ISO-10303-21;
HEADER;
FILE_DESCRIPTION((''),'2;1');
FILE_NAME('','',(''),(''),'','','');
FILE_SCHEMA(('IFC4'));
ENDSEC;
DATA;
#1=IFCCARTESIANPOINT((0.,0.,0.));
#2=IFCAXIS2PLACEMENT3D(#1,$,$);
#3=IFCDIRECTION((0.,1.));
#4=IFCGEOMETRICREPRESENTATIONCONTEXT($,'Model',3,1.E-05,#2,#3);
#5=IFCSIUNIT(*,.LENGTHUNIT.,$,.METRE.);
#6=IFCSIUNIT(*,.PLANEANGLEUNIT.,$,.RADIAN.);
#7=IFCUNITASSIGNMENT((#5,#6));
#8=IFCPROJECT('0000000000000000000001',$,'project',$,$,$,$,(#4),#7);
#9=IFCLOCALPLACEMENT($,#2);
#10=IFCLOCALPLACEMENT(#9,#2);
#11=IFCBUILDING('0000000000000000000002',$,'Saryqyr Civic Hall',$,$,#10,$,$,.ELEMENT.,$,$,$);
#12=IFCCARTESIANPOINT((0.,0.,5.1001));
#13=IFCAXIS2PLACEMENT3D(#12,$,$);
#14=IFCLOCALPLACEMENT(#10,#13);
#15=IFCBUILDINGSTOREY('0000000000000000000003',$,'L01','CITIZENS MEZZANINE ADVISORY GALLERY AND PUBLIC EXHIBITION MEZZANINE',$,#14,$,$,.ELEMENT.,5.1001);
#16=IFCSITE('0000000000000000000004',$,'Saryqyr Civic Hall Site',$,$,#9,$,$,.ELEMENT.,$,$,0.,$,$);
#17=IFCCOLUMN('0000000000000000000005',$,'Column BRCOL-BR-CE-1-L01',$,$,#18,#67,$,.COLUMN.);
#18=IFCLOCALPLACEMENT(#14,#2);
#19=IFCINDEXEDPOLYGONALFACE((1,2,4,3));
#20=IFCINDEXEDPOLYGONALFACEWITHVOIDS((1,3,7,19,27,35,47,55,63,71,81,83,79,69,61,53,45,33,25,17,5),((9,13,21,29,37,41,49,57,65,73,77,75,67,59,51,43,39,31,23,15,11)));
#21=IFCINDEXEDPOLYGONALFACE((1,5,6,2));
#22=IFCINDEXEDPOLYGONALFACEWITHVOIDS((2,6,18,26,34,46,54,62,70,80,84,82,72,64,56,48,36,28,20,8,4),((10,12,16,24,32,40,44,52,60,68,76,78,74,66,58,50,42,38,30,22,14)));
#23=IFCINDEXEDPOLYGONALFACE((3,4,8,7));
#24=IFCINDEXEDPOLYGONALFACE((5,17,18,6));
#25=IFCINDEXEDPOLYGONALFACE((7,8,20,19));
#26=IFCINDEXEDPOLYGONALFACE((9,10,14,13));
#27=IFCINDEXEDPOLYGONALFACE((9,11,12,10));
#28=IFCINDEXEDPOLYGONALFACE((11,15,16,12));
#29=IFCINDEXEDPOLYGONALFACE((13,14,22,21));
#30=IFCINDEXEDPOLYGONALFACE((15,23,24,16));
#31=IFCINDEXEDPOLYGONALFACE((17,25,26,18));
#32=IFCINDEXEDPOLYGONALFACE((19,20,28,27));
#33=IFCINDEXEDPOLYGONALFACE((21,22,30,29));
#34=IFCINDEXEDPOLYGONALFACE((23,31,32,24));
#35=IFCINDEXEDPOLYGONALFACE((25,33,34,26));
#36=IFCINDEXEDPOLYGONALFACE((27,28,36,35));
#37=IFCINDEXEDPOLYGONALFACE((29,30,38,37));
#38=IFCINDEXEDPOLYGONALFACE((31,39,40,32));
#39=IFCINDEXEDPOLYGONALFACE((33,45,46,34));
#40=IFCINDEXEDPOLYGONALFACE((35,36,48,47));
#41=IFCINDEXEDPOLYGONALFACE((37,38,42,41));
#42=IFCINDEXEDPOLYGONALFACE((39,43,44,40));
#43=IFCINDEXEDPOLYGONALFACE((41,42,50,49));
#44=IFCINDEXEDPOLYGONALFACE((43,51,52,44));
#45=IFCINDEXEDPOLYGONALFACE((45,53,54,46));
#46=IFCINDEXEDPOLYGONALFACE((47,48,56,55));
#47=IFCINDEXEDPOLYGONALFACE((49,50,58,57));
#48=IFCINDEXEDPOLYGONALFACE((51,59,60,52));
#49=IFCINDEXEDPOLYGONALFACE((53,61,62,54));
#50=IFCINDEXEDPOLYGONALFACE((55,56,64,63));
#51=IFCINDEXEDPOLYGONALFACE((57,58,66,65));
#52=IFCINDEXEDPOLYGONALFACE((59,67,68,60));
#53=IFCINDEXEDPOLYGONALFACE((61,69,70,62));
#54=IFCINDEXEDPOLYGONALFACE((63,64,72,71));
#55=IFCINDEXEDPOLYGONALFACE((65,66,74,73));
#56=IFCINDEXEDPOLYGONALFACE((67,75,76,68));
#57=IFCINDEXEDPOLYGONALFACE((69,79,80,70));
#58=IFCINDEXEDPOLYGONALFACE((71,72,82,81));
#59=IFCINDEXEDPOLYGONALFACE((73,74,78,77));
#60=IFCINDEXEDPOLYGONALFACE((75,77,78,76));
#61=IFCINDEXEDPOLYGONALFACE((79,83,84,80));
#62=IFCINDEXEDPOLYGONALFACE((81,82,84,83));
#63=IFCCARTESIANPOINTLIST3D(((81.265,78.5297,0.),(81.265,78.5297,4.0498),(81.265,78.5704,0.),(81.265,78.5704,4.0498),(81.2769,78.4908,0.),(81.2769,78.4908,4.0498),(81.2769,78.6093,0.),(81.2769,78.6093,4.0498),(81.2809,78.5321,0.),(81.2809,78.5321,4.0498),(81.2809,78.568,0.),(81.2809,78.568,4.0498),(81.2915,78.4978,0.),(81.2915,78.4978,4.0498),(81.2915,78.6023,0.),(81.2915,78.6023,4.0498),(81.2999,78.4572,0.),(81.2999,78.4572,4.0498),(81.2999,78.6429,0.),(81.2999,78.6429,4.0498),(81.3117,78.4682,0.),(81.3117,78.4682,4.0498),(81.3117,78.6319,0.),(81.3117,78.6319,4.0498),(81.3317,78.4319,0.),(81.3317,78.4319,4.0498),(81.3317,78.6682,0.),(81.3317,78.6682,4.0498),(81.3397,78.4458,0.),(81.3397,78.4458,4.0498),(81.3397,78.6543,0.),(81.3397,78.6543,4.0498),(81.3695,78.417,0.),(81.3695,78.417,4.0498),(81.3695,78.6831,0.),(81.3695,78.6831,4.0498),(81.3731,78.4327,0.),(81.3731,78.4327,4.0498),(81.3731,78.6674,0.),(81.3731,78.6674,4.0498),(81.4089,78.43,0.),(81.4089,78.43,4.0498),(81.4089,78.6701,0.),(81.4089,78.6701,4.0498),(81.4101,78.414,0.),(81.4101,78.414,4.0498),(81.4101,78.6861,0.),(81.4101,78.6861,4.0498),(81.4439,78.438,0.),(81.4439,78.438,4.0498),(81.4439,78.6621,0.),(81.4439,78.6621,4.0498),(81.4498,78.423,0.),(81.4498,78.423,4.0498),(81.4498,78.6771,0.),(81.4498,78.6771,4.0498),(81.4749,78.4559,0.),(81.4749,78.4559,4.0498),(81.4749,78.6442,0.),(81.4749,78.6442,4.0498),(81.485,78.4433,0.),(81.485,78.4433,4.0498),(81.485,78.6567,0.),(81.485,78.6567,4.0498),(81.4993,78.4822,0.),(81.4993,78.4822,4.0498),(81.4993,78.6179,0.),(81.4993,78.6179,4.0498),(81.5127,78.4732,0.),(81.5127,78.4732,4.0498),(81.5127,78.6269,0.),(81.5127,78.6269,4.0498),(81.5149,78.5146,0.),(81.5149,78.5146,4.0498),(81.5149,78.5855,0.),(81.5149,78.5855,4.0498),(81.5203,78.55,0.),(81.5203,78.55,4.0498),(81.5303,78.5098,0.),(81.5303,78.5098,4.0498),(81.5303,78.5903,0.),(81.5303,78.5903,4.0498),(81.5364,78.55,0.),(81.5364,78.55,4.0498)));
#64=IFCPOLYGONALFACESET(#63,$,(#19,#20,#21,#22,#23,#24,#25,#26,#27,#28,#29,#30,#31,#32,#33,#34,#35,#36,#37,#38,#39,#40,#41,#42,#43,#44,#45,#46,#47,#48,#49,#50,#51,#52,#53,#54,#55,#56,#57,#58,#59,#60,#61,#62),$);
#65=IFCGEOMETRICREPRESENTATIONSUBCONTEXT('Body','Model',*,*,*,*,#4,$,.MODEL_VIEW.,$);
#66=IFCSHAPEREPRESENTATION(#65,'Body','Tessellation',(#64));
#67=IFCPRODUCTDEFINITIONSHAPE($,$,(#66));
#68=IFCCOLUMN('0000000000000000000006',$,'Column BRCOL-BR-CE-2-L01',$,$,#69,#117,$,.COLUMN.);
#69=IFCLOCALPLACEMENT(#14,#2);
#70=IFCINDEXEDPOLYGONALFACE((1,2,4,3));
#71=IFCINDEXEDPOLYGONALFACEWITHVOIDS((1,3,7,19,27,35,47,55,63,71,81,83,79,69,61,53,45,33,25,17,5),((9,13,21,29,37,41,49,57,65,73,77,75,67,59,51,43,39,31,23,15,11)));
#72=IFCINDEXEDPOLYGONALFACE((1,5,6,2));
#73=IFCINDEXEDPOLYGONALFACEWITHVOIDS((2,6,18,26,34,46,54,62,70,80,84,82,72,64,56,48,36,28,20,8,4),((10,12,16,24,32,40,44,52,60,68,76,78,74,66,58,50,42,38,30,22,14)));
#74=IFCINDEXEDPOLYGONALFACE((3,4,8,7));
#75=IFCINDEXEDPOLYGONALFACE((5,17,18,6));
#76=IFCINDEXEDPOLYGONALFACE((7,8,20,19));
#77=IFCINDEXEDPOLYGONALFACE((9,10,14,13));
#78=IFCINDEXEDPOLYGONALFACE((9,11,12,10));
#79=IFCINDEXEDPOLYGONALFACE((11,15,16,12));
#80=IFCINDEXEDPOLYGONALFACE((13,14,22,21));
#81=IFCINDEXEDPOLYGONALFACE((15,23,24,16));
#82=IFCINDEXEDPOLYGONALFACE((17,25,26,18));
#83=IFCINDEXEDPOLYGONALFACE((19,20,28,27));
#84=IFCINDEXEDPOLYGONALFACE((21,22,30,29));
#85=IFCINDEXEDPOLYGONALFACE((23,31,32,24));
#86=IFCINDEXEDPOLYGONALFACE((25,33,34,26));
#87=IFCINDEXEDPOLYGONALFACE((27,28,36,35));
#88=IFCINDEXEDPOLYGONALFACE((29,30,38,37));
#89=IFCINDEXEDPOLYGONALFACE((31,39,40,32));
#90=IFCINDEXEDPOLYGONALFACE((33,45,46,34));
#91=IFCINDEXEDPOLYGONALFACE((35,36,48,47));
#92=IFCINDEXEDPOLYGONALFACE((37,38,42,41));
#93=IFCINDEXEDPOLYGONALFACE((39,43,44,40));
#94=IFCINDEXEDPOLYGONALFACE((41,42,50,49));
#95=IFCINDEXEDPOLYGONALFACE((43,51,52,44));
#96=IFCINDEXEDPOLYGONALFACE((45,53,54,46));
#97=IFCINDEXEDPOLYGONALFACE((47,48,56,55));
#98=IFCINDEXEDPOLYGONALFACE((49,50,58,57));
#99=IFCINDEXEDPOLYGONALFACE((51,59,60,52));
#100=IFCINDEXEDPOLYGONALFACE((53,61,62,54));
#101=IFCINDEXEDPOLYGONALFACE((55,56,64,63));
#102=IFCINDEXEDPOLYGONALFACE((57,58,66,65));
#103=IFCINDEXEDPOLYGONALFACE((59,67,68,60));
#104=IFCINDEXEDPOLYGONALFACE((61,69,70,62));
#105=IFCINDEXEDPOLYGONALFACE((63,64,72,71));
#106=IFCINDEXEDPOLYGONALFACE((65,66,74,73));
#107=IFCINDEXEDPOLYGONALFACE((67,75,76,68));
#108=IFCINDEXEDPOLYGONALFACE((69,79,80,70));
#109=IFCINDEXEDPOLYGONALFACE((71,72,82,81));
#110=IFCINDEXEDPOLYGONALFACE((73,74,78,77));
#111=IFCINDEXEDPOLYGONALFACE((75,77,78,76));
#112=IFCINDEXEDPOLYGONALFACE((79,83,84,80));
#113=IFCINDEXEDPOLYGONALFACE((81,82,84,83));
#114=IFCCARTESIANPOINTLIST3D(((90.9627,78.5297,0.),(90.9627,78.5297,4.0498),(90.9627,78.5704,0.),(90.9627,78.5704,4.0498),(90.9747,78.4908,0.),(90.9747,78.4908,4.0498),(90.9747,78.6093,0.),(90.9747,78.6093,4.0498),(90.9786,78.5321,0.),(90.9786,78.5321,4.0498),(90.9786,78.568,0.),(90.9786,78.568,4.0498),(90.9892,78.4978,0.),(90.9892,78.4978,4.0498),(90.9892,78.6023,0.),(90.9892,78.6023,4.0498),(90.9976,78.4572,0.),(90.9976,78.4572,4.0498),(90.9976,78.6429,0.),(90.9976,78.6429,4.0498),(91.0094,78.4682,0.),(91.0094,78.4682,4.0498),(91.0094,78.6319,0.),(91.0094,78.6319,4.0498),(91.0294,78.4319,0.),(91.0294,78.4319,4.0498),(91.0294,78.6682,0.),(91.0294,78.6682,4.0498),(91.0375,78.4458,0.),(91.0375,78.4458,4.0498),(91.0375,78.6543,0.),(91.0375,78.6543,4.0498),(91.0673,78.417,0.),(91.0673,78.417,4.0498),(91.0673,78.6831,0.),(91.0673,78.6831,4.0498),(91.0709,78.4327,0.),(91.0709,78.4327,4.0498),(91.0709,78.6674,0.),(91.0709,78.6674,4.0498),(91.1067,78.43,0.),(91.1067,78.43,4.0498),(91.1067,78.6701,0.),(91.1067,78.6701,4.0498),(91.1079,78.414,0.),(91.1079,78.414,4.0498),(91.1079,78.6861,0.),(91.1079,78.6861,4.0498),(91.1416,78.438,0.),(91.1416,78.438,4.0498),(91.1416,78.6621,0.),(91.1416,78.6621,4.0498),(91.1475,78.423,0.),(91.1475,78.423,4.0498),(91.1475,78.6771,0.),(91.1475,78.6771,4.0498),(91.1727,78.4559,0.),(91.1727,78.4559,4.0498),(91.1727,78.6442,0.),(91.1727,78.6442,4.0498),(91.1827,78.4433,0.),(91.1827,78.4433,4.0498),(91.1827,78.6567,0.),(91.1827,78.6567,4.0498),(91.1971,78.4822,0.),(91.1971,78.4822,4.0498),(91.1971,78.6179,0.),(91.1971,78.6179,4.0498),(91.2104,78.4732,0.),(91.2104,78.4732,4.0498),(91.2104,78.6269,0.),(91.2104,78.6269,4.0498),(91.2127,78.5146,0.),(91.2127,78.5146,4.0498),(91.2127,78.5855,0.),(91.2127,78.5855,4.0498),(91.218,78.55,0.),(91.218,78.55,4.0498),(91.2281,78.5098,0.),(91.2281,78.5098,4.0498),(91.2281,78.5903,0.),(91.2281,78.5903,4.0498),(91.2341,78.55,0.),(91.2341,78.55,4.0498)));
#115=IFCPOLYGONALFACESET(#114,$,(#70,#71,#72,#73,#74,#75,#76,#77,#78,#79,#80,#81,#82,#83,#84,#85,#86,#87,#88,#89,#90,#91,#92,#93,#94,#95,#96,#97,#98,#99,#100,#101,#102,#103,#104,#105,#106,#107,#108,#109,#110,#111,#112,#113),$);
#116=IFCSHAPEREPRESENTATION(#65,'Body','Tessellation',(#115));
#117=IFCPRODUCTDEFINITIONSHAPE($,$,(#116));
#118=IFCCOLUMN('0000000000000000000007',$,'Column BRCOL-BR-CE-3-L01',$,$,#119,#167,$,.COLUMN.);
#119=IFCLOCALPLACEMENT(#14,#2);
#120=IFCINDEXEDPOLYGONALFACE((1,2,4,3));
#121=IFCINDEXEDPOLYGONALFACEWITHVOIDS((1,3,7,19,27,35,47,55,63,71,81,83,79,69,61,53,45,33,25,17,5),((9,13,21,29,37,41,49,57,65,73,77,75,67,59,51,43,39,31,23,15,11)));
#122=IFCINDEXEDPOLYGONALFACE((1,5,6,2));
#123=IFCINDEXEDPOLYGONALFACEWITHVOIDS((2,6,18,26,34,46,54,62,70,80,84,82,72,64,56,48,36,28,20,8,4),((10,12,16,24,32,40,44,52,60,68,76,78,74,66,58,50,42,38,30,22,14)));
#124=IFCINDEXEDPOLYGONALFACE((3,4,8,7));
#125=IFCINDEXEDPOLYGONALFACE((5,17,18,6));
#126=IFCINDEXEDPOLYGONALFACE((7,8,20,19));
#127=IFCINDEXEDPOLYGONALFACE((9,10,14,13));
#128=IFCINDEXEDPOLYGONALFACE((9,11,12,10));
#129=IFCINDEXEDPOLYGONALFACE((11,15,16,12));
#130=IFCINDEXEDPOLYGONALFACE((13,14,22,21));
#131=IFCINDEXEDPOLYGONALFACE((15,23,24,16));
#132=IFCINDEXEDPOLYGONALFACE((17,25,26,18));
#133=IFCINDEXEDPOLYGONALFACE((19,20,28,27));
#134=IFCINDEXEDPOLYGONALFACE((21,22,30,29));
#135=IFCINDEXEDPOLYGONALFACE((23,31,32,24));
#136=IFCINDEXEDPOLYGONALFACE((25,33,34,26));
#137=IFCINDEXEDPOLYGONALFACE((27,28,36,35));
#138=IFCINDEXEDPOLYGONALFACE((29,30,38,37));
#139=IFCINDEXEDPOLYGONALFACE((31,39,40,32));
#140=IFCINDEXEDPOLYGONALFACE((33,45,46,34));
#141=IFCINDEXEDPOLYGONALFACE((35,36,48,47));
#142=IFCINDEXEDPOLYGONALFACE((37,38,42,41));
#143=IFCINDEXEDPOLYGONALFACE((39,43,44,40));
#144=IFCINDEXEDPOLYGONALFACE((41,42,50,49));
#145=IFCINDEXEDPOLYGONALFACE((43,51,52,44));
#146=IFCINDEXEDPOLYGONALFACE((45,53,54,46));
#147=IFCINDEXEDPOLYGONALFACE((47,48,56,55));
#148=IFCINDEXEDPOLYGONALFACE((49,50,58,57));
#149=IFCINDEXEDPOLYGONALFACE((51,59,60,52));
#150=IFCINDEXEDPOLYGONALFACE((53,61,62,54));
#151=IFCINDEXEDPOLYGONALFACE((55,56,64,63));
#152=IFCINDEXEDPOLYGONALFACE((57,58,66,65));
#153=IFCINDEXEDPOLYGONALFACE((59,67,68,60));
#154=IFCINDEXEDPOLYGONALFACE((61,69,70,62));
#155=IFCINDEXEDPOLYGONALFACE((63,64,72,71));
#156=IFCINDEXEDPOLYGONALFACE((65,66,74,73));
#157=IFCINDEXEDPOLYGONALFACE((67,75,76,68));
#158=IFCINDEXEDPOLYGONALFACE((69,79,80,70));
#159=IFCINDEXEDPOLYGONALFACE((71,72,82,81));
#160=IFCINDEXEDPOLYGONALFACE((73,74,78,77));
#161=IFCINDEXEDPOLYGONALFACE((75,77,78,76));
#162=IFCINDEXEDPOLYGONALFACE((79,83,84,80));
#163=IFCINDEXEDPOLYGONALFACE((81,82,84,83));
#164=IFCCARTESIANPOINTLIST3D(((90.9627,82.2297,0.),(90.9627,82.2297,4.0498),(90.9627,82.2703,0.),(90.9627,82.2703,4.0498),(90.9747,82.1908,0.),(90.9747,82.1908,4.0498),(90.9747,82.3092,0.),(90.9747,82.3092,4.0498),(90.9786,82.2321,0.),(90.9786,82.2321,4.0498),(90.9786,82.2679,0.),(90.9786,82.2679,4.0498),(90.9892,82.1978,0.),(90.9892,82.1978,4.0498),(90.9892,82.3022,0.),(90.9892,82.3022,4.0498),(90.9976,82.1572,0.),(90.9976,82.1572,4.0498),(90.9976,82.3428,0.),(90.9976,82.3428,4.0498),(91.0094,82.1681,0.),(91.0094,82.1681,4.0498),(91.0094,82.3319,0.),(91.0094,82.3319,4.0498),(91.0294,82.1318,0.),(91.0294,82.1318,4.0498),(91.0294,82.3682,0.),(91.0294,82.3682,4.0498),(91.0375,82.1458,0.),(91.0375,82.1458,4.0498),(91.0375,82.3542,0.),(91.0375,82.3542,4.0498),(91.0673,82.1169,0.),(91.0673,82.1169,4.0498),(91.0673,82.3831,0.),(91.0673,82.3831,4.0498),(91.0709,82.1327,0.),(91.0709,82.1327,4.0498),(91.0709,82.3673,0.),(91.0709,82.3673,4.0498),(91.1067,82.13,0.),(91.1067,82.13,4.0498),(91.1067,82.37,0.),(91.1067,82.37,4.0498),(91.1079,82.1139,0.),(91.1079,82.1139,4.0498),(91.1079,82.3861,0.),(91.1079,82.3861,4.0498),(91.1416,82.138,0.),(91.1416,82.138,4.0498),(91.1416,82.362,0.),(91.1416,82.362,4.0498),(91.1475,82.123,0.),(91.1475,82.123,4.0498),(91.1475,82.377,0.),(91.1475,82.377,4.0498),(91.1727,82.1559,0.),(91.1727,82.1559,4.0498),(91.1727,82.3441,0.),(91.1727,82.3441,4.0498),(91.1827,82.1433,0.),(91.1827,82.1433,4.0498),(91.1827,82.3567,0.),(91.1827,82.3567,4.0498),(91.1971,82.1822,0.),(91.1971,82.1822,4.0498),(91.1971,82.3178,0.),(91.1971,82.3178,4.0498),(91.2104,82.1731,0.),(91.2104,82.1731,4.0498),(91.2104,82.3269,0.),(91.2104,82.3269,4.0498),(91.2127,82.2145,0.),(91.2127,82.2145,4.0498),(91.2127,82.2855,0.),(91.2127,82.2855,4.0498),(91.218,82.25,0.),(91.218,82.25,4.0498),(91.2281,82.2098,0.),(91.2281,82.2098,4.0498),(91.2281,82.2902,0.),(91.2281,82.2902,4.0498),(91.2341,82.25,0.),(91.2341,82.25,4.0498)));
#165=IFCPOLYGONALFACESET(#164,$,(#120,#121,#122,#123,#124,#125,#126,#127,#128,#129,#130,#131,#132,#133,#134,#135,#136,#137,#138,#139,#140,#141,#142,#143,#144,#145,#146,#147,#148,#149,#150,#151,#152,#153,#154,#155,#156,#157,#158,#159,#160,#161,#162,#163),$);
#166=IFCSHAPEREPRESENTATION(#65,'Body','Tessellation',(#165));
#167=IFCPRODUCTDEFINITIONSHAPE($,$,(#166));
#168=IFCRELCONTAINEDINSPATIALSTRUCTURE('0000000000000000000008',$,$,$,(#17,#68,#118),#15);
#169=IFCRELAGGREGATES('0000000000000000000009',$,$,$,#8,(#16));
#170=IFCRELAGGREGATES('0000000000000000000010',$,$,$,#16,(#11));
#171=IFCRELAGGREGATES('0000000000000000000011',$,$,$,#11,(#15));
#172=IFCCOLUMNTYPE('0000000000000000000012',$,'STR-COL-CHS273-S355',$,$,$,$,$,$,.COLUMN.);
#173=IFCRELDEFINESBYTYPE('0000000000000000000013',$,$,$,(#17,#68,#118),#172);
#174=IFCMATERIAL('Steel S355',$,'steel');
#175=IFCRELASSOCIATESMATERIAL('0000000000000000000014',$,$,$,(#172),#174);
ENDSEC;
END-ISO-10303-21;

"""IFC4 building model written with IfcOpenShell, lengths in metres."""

from ifc_helpers import new_model, si_unit, direction, frame, origin, origin_2d, place, context, subcontext, project, spatial, hollow_circle, extrude, material, material_profile, profile_set, type_object, element, save


model = new_model("IFC4")

# Units and contexts
model_context = context("Model", 3, precision=1e-05, world=origin(), true_north=direction((0.0, 1.0)))
body_context = subcontext(model_context, "Body", "Model", "MODEL_VIEW")
ifc_project = project(units=[si_unit("LENGTHUNIT", "METRE"), si_unit("PLANEANGLEUNIT", "RADIAN")], contexts=[model_context])

# Site, building, storey
site_placement = place(None, origin())
site = spatial("IfcSite", under=ifc_project, at=site_placement, Name="Saryqyr Civic Hall Site", CompositionType="ELEMENT", RefElevation=0.0)
building_placement = place(site_placement, origin())
building = spatial("IfcBuilding", under=site, at=building_placement, Name="Saryqyr Civic Hall", CompositionType="ELEMENT")
storey_placement = place(building_placement, frame((0.0, 0.0, 5.1001)))
storey = spatial("IfcBuildingStorey", under=building, at=storey_placement, Name="L01", Description="CITIZENS MEZZANINE ADVISORY GALLERY AND PUBLIC EXHIBITION MEZZANINE", CompositionType="ELEMENT", Elevation=5.1001)

# Columns
ifc_material_1 = material(Name="Steel S355", Category="steel")
ifc_material_profile_1 = material_profile(ifc_material_1, hollow_circle(Radius=0.1365, WallThickness=0.0161, at=origin_2d()), Name="CHS 273x16")
ifc_profile_set_1 = profile_set([ifc_material_profile_1], Name="Steel S355")
column_type_1 = type_object("IfcColumnType", Name="STR-COL-CHS273-S355", PredefinedType="COLUMN", material=ifc_profile_set_1)
for number, where, z_axis, x_axis, name in (
    (1, (81.3999, 78.55, 0.0), (0.0, 0.0, 1.0), (1.0, 0.0, 0.0), "Column BRCOL-BR-CE-1-L01"),
    (2, (91.0977, 78.55, 0.0), (0.0, 0.0, 1.0), (1.0, 0.0, 0.0), "Column BRCOL-BR-CE-2-L01"),
    (3, (91.0977, 82.25, 0.0), (0.0, 0.0, 1.0), (1.0, 0.0, 0.0), "Column BRCOL-BR-CE-3-L01"),
):
    element("IfcColumn", number, at=place(storey_placement, frame(where, z_axis=z_axis, x_axis=x_axis)), inside=storey, type_object=column_type_1, Name=name, PredefinedType="COLUMN", context=body_context, shape_type="SweptSolid", body=[
        extrude(hollow_circle(Radius=0.1365, WallThickness=0.0161, at=origin_2d()), origin(), (0.0, 0.0, 1.0), 4.0498),
    ])

save(model, "model.ifc")
